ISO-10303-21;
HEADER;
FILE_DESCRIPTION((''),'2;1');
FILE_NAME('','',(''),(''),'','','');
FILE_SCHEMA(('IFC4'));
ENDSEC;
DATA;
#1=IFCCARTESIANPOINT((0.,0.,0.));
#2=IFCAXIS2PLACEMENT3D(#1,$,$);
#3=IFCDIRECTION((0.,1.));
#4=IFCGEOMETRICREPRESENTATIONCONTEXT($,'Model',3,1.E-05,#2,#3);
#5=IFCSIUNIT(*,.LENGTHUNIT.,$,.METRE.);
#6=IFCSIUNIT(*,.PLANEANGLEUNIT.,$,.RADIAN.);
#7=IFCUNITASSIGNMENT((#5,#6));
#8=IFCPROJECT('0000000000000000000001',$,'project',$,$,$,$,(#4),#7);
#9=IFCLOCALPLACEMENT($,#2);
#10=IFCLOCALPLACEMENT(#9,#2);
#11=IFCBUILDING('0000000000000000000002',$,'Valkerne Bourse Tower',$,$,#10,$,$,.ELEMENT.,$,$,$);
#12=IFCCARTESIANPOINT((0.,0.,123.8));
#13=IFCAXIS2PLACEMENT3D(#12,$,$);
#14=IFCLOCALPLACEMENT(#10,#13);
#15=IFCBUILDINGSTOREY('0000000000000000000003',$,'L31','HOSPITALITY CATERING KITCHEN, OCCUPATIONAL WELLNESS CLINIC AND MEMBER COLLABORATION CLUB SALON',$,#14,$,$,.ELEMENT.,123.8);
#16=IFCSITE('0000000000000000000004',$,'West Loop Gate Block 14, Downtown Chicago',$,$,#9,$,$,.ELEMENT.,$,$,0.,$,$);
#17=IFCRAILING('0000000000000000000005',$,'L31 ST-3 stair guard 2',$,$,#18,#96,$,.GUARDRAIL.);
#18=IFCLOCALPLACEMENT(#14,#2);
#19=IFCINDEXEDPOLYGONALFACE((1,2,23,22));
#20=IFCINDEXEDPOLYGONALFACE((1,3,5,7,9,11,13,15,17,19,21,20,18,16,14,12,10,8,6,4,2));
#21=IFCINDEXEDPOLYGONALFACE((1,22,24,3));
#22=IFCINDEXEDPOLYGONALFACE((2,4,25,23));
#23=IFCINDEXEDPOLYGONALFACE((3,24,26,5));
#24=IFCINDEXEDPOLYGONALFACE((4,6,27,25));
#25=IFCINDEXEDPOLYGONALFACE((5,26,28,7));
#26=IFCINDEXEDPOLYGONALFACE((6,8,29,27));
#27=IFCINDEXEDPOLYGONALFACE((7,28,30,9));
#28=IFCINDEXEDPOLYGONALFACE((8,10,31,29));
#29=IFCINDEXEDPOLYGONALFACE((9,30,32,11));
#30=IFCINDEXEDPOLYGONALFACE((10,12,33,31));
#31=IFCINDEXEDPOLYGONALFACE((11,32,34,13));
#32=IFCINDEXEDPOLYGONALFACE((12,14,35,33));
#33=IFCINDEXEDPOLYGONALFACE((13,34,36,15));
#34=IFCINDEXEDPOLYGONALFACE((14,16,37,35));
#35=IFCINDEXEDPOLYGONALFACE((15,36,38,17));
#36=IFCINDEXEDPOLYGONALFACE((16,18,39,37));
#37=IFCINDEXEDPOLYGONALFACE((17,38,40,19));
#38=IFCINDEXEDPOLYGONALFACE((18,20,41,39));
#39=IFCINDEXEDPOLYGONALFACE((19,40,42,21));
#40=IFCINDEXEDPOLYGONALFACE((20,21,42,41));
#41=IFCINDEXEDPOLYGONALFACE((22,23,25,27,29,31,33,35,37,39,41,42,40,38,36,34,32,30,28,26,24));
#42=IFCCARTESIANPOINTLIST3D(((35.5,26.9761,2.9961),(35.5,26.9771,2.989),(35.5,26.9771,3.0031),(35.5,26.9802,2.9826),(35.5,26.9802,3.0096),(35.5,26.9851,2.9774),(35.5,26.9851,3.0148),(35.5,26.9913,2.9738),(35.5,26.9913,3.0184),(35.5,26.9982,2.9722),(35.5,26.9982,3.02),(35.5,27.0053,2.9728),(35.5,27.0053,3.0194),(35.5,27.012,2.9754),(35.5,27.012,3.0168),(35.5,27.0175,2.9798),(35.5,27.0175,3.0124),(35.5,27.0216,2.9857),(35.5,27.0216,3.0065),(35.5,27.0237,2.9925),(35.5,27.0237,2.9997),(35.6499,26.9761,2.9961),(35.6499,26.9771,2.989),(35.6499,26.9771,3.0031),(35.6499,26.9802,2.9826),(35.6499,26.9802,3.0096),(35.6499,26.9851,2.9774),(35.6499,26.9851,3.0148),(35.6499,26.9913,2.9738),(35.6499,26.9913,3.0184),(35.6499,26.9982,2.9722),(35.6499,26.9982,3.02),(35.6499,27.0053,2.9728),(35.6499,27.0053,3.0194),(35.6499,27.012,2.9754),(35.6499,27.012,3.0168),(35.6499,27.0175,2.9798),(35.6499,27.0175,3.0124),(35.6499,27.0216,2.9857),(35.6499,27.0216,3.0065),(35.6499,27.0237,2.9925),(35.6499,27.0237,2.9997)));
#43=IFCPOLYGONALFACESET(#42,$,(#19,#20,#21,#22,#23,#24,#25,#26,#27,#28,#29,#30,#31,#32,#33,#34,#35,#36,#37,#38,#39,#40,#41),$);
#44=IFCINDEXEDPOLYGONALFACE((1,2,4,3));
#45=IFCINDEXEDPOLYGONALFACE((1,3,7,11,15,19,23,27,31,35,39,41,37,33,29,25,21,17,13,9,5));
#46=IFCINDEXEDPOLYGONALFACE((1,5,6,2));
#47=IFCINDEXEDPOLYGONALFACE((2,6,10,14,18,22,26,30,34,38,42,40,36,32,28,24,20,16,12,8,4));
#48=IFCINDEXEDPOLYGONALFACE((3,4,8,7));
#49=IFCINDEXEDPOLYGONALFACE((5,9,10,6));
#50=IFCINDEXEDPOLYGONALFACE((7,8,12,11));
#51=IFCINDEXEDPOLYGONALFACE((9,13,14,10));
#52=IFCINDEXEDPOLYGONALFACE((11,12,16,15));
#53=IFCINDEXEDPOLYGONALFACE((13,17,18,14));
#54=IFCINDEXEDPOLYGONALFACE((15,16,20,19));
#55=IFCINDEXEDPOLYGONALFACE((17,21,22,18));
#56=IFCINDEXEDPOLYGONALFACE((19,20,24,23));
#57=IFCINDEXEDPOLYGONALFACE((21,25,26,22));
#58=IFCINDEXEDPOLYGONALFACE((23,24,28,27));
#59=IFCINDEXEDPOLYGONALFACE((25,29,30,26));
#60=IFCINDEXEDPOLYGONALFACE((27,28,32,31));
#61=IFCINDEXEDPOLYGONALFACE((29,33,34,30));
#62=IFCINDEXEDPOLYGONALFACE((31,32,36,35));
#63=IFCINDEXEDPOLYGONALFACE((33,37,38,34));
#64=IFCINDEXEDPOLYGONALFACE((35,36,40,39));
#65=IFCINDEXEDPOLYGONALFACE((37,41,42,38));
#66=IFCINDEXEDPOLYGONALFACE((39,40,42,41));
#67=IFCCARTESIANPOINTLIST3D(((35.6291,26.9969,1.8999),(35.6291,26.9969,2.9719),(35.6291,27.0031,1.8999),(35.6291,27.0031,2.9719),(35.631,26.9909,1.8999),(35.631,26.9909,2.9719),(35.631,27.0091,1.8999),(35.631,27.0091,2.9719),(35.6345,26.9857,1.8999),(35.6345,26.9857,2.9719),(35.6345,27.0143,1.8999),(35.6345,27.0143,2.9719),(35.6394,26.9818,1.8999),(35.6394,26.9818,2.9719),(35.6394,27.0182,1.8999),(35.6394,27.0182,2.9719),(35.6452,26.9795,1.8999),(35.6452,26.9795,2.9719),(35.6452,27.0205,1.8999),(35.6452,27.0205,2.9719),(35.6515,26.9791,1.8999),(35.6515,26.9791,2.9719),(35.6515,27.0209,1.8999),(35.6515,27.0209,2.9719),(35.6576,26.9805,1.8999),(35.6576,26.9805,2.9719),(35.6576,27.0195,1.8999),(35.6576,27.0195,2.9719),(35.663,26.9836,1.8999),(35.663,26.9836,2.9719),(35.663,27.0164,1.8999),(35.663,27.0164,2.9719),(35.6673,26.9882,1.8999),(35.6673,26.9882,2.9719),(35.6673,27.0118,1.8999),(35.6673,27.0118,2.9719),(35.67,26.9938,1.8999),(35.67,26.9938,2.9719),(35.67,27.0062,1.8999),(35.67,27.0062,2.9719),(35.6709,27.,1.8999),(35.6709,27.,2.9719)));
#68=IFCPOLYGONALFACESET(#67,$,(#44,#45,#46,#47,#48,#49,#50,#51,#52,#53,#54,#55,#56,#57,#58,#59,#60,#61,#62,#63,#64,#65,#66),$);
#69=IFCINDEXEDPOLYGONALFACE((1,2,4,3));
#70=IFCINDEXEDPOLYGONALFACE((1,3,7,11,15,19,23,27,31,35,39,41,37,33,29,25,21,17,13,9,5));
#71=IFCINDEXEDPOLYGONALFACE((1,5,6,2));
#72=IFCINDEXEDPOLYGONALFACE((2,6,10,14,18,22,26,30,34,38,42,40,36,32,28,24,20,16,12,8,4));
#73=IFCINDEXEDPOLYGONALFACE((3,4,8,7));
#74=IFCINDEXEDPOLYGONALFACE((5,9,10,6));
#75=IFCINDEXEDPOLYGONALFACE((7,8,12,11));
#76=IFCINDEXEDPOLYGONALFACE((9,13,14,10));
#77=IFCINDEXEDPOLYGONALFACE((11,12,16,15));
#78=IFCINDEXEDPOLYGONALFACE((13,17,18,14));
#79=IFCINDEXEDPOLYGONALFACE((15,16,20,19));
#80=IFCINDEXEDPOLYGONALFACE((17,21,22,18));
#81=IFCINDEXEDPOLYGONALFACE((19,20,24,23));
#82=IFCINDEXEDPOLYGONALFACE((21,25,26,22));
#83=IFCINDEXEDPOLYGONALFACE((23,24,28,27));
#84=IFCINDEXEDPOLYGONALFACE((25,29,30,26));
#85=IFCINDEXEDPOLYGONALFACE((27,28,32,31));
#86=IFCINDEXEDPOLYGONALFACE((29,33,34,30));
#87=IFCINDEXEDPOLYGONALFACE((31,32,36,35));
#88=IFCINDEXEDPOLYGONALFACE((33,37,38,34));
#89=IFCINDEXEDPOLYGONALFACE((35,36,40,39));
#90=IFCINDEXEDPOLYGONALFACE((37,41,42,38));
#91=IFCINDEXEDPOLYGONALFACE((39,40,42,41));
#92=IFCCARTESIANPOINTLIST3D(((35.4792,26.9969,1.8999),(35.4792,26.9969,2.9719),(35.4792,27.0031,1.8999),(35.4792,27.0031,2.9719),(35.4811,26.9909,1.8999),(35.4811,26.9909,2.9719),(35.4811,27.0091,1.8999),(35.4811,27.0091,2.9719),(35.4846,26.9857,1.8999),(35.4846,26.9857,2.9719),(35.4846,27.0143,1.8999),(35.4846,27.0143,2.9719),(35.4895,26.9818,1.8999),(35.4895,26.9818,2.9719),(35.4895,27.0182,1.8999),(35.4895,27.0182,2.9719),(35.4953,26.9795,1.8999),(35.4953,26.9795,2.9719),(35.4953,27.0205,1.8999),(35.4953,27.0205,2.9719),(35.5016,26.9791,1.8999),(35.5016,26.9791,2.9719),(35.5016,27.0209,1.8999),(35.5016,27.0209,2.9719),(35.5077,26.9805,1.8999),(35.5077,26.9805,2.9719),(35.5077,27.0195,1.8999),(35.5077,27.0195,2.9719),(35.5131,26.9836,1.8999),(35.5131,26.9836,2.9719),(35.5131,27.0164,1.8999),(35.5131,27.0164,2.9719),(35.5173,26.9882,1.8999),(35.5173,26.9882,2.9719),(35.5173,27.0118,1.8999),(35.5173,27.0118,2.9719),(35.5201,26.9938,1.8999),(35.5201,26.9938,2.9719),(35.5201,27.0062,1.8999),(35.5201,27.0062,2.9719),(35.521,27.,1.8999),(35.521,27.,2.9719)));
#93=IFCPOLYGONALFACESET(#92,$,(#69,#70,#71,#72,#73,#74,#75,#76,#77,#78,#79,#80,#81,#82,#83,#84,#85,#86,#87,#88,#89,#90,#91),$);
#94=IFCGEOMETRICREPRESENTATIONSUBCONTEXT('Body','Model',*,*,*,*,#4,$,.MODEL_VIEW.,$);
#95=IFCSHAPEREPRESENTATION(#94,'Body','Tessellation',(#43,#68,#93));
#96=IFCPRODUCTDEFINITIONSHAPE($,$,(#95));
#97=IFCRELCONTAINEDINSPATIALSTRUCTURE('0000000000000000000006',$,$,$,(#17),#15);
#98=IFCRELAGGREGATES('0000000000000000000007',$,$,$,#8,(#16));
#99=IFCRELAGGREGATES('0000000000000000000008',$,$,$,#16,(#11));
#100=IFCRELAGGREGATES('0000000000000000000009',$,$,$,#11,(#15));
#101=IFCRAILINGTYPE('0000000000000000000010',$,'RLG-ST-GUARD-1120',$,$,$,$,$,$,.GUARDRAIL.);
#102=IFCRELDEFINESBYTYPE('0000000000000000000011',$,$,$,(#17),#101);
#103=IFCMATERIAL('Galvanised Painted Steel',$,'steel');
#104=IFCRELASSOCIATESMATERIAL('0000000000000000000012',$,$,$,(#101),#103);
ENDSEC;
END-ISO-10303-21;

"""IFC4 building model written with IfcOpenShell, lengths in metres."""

from ifc_helpers import new_model, si_unit, direction, frame, origin, origin_2d, place, context, subcontext, project, spatial, circle, extrude, material, type_object, element, save


model = new_model("IFC4")

# Units and contexts
model_context = context("Model", 3, precision=1e-05, world=origin(), true_north=direction((0.0, 1.0)))
body_context = subcontext(model_context, "Body", "Model", "MODEL_VIEW")
ifc_project = project(units=[si_unit("LENGTHUNIT", "METRE"), si_unit("PLANEANGLEUNIT", "RADIAN")], contexts=[model_context])

# Site, building, storey
site_placement = place(None, origin())
site = spatial("IfcSite", under=ifc_project, at=site_placement, Name="West Loop Gate Block 14, Downtown Chicago", CompositionType="ELEMENT", RefElevation=0.0)
building_placement = place(site_placement, origin())
building = spatial("IfcBuilding", under=site, at=building_placement, Name="Valkerne Bourse Tower", CompositionType="ELEMENT")
storey_placement = place(building_placement, frame((0.0, 0.0, 123.8)))
storey = spatial("IfcBuildingStorey", under=building, at=storey_placement, Name="L31", Description="HOSPITALITY CATERING KITCHEN, OCCUPATIONAL WELLNESS CLINIC AND MEMBER COLLABORATION CLUB SALON", CompositionType="ELEMENT", Elevation=123.8)

# Shared definitions
ifc_material_1 = material(Name="Galvanised Painted Steel", Category="steel")

# Railing
railing_type_1 = type_object("IfcRailingType", Name="RLG-ST-GUARD-1120", PredefinedType="GUARDRAIL", material=ifc_material_1)
railing_1_placement = place(storey_placement, frame((35.6499, 27.0, 1.8999)))
element("IfcRailing", 1, at=railing_1_placement, inside=storey, type_object=railing_type_1, Name="L31 ST-3 stair guard 2", PredefinedType="GUARDRAIL", context=body_context, shape_type="SweptSolid", body=[
    extrude(circle(Radius=0.0239, at=origin_2d()), frame((0.0, 0.0, 1.0962), z_axis=(-1.0, 0.0, 0.0), x_axis=(0.0, -1.0, 0.0)), (0.0, 0.0, 1.0), 0.1499),
    extrude(circle(Radius=0.021, at=origin_2d()), origin(), (0.0, 0.0, 1.0), 1.072),
    extrude(circle(Radius=0.021, at=origin_2d()), frame((-0.1499, 0.0, 0.0)), (0.0, 0.0, 1.0), 1.072),
])

save(model, "model.ifc")
